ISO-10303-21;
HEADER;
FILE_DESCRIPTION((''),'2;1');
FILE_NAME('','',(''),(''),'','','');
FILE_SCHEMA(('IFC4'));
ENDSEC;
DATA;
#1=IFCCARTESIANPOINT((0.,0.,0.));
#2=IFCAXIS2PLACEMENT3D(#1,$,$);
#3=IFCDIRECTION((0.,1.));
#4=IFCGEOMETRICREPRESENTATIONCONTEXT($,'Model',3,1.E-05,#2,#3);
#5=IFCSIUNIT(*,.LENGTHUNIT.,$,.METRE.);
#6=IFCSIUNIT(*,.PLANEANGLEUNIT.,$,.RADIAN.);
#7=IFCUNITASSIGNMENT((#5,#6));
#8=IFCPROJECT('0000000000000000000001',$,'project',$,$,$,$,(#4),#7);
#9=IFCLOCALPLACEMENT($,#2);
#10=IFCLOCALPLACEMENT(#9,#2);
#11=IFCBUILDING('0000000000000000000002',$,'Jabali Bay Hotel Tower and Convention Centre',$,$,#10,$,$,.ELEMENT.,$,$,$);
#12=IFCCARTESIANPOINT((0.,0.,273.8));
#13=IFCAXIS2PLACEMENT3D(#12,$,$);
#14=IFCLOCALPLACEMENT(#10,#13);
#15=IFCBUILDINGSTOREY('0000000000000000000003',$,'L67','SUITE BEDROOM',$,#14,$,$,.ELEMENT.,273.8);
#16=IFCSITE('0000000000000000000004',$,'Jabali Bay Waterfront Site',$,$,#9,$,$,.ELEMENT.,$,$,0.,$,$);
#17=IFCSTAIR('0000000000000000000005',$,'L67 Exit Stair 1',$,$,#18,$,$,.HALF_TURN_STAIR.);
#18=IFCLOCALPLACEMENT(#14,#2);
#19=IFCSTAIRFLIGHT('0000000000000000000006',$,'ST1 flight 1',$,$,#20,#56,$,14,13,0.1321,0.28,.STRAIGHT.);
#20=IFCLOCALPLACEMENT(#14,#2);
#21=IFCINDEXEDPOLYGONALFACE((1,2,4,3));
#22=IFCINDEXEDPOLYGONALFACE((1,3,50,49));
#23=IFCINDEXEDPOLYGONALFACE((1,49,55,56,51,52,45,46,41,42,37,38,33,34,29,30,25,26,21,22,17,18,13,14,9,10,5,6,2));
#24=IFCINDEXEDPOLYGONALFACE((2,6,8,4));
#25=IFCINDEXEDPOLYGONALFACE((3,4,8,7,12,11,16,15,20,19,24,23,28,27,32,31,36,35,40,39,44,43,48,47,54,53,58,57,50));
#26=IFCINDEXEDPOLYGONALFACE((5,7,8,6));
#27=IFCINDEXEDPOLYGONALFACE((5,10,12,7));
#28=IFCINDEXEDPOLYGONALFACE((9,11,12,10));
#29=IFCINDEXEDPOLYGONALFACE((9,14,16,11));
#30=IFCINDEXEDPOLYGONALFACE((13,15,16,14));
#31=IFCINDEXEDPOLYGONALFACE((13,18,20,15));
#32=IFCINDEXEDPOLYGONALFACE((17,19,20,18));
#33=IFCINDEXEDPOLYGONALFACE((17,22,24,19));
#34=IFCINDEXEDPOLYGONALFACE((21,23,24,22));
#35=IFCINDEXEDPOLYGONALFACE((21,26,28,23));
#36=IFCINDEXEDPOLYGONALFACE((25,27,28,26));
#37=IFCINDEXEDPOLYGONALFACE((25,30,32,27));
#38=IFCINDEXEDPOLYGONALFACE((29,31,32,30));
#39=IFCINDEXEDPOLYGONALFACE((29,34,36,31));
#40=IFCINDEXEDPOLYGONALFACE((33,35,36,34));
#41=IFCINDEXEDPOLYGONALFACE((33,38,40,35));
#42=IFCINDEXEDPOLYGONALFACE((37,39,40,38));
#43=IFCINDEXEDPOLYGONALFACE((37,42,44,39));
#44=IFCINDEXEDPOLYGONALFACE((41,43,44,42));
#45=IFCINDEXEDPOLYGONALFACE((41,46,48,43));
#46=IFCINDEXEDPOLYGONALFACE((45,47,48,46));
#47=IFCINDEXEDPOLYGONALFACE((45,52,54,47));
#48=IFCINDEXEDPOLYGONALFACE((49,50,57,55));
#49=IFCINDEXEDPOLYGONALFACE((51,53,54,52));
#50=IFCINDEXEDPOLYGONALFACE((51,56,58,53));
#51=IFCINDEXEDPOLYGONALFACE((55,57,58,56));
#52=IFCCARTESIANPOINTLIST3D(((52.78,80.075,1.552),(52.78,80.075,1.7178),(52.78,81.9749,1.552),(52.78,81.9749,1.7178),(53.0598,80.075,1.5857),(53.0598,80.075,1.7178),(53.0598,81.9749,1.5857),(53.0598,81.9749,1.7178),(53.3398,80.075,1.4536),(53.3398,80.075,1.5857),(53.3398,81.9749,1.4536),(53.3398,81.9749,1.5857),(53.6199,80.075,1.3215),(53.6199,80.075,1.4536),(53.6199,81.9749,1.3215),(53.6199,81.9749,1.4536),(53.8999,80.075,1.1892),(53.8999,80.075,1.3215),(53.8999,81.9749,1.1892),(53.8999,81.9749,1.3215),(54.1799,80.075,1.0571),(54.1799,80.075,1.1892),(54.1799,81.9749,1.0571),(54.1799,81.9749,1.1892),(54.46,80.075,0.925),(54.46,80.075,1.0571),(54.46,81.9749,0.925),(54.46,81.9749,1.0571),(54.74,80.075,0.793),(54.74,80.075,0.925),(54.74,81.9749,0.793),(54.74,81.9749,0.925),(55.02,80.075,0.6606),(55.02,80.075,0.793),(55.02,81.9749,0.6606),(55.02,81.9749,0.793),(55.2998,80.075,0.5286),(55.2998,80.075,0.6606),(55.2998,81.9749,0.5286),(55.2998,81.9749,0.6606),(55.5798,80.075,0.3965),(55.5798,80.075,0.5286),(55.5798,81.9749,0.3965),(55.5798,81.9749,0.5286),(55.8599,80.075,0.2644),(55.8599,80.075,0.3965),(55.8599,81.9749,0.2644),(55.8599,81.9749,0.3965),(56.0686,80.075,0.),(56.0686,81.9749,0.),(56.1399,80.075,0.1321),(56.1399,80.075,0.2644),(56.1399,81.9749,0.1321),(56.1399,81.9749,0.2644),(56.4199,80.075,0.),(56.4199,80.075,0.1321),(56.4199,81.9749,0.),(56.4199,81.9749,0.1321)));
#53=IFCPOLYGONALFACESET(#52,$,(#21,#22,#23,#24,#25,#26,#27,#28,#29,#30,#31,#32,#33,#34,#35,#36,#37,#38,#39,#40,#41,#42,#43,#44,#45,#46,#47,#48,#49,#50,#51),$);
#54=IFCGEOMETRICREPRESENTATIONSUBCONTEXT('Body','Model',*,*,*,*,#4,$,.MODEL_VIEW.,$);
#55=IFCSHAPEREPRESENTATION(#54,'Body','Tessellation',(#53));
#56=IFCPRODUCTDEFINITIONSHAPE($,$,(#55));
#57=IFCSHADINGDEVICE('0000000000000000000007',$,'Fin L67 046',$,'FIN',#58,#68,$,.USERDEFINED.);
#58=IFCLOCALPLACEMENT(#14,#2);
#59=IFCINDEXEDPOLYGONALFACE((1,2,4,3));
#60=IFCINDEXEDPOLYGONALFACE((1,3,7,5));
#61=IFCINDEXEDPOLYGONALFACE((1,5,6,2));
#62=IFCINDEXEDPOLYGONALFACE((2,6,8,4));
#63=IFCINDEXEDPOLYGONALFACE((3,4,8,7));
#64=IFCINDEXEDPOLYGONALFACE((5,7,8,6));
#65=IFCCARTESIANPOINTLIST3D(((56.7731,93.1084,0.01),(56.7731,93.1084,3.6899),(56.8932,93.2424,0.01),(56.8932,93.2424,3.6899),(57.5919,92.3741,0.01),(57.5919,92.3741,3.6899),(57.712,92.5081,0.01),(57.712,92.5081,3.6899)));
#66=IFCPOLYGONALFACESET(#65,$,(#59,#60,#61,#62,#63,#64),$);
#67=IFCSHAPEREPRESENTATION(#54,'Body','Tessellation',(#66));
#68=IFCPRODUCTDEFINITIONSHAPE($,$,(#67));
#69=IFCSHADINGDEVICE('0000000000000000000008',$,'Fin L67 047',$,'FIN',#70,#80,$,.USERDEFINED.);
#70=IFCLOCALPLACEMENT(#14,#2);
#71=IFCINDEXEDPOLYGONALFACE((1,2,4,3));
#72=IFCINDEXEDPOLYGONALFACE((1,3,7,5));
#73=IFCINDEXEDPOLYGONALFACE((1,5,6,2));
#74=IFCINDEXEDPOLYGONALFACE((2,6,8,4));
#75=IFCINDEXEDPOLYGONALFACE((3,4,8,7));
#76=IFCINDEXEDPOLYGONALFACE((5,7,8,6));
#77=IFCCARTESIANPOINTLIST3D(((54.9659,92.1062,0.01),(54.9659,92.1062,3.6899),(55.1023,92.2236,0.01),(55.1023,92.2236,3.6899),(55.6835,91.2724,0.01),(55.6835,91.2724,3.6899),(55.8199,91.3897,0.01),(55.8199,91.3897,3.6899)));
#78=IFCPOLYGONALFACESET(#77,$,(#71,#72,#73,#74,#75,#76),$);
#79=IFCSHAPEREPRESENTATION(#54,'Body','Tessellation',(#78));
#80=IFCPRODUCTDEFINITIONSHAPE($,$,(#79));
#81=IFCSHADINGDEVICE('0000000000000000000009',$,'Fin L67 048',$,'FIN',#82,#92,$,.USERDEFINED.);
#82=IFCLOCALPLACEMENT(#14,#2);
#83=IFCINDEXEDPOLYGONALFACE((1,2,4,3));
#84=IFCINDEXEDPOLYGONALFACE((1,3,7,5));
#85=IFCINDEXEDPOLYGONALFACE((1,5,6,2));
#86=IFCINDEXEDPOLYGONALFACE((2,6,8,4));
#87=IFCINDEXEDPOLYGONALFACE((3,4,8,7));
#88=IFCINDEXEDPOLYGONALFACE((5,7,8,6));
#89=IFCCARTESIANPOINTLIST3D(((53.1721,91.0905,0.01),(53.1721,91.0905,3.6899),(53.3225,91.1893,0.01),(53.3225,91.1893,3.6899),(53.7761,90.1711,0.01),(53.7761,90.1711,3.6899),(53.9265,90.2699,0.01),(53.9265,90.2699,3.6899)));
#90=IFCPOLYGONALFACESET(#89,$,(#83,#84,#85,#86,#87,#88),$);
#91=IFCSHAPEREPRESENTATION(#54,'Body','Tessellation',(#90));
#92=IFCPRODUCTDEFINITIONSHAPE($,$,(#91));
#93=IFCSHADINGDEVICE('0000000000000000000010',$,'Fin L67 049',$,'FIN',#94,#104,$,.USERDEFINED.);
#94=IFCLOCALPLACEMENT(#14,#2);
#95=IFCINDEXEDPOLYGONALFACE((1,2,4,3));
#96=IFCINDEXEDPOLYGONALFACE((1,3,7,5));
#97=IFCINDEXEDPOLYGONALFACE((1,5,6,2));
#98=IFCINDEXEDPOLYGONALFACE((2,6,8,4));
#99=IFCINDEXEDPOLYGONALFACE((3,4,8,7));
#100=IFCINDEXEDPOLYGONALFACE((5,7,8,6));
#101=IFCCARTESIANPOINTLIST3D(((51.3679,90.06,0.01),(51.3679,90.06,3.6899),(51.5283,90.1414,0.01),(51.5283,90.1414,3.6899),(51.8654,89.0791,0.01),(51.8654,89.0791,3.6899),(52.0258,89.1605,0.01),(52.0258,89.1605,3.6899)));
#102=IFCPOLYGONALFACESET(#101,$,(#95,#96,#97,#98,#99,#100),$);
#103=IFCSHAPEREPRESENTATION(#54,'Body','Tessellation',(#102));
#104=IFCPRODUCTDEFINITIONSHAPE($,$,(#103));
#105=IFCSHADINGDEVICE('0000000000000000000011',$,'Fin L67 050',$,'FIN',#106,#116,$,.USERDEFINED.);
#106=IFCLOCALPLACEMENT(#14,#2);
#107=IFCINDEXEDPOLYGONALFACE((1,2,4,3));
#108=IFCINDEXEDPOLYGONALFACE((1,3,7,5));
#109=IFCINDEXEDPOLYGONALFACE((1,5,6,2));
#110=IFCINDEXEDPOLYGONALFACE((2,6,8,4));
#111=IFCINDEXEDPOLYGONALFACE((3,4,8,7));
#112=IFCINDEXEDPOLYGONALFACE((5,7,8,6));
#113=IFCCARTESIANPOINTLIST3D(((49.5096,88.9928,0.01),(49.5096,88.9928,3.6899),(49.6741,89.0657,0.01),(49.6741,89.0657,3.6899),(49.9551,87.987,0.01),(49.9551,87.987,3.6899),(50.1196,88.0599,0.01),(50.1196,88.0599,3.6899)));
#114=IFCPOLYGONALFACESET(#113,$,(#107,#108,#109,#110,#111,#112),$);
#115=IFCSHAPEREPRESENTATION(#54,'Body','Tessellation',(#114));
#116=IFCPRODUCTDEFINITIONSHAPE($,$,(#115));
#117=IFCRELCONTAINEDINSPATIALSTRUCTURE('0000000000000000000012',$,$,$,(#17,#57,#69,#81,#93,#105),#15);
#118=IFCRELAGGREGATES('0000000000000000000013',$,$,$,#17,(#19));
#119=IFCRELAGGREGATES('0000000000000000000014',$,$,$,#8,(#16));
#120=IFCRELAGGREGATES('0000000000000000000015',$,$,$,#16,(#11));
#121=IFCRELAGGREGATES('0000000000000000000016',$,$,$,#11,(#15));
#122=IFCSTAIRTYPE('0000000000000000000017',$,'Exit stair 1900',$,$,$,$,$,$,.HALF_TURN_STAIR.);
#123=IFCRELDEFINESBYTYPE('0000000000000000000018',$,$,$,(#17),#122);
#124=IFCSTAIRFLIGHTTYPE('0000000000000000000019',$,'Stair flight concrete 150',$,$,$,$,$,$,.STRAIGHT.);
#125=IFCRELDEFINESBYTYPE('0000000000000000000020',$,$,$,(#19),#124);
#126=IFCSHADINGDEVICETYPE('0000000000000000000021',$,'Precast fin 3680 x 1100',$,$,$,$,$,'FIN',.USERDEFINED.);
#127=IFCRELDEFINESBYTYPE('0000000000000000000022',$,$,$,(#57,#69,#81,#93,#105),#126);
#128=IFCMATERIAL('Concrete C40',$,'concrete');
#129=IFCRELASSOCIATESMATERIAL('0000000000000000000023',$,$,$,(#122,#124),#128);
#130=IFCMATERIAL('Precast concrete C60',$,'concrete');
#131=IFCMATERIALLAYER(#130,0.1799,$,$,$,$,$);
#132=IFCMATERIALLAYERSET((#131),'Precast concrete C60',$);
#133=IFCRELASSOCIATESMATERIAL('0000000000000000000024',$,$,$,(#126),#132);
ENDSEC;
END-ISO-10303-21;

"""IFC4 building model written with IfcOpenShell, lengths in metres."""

from ifc_helpers import new_model, si_unit, direction, frame, frame_2d, origin, place, context, subcontext, project, spatial, polyline, rectangle, outline, extrude, material, layer, layer_set, type_object, element, aggregate, save


model = new_model("IFC4")

# Units and contexts
model_context = context("Model", 3, precision=1e-05, world=origin(), true_north=direction((0.0, 1.0)))
body_context = subcontext(model_context, "Body", "Model", "MODEL_VIEW")
ifc_project = project(units=[si_unit("LENGTHUNIT", "METRE"), si_unit("PLANEANGLEUNIT", "RADIAN")], contexts=[model_context])

# Site, building, storey
site_placement = place(None, origin())
site = spatial("IfcSite", under=ifc_project, at=site_placement, Name="Jabali Bay Waterfront Site", CompositionType="ELEMENT", RefElevation=0.0)
building_placement = place(site_placement, origin())
building = spatial("IfcBuilding", under=site, at=building_placement, Name="Jabali Bay Hotel Tower and Convention Centre", CompositionType="ELEMENT")
storey_placement = place(building_placement, frame((0.0, 0.0, 273.8)))
storey = spatial("IfcBuildingStorey", under=building, at=storey_placement, Name="L67", Description="SUITE BEDROOM", CompositionType="ELEMENT", Elevation=273.8)

# Shared definitions
ifc_material_1 = material(Name="Concrete C40", Category="concrete")

# Stair, stair flight
stair_type = type_object("IfcStairType", Name="Exit stair 1900", PredefinedType="HALF_TURN_STAIR", material=ifc_material_1)
stair_placement = place(storey_placement, origin())
stair = element("IfcStair", 1, at=stair_placement, inside=storey, type_object=stair_type, Name="L67 Exit Stair 1", PredefinedType="HALF_TURN_STAIR")
stair_flight_type = type_object("IfcStairFlightType", Name="Stair flight concrete 150", PredefinedType="STRAIGHT", material=ifc_material_1)
stair_flight_placement = place(storey_placement, frame((56.4199, 81.0249, 0.0), z_axis=(0.0, 0.0, 1.0), x_axis=(-1.0, 0.0, 0.0)))
stair_flight = element("IfcStairFlight", 2, at=stair_flight_placement, type_object=stair_flight_type, Name="ST1 flight 1", NumberOfRisers=14, NumberOfTreads=13, PredefinedType="STRAIGHT", RiserHeight=0.1321, TreadLength=0.28, context=body_context, shape_type="SweptSolid", body=[
    extrude(outline(polyline([(0.0, 0.0), (0.0, 0.1321), (0.28, 0.1321), (0.28, 0.2644), (0.5601, 0.2644), (0.5601, 0.3965), (0.8401, 0.3965), (0.8401, 0.5286), (1.1201, 0.5286), (1.1201, 0.6606), (1.3999, 0.6606), (1.3999, 0.793), (1.6799, 0.793), (1.6799, 0.925), (1.96, 0.925), (1.96, 1.0571), (2.24, 1.0571), (2.24, 1.1892), (2.52, 1.1892), (2.52, 1.3215), (2.8, 1.3215), (2.8, 1.4536), (3.0801, 1.4536), (3.0801, 1.5857), (3.3601, 1.5857), (3.3601, 1.7178), (3.6399, 1.7178), (3.6399, 1.8501), (3.6399, 1.552), (0.3513, 0.0), (0.0, 0.0)])), frame((0.0, 0.95, 0.0), z_axis=(0.0, -1.0, 0.0), x_axis=(1.0, 0.0, 0.0)), (0.0, 0.0, 1.0), 1.8999),
])
aggregate(stair, [stair_flight])

# Shading devices
ifc_material_2 = material(Name="Precast concrete C60", Category="concrete")
ifc_layer_1 = layer(ifc_material_2, 0.1799)
ifc_layer_set_1 = layer_set([ifc_layer_1], Name="Precast concrete C60")
shading_device_type = type_object("IfcShadingDeviceType", Name="Precast fin 3680 x 1100", ElementType="FIN", PredefinedType="USERDEFINED", material=ifc_layer_set_1)
shading_device_1_placement = place(storey_placement, frame((57.6519, 92.4412, 0.01), z_axis=(0.0, 0.0, 1.0), x_axis=(-0.744463, 0.667664, 0.0)))
element("IfcShadingDevice", 3, at=shading_device_1_placement, inside=storey, type_object=shading_device_type, Name="Fin L67 046", ObjectType="FIN", PredefinedType="USERDEFINED", context=body_context, shape_type="SweptSolid", body=[
    extrude(rectangle(XDim=1.0999, YDim=0.1799, at=frame_2d((0.5498, 0.0))), origin(), (0.0, 0.0, 1.0), 3.6799),
])
for number, where, z_axis, x_axis, name in (
    (4, (55.7517, 91.3311, 0.01), (0.0, 0.0, 1.0), (-0.652307, 0.757955, 0.0), "Fin L67 047"),
    (5, (53.8513, 90.2205, 0.01), (0.0, 0.0, 1.0), (-0.549054, 0.835787, 0.0), "Fin L67 048"),
):
    element("IfcShadingDevice", number, at=place(storey_placement, frame(where, z_axis=z_axis, x_axis=x_axis)), inside=storey, type_object=shading_device_type, Name=name, ObjectType="FIN", PredefinedType="USERDEFINED", context=body_context, shape_type="SweptSolid", body=[
        extrude(rectangle(XDim=1.1001, YDim=0.1799, at=frame_2d((0.55, 0.0))), origin(), (0.0, 0.0, 1.0), 3.6799),
    ])
shading_device_2_placement = place(storey_placement, frame((51.9456, 89.1199, 0.01), z_axis=(0.0, 0.0, 1.0), x_axis=(-0.452356, 0.891838, 0.0)))
element("IfcShadingDevice", 6, at=shading_device_2_placement, inside=storey, type_object=shading_device_type, Name="Fin L67 049", ObjectType="FIN", PredefinedType="USERDEFINED", context=body_context, shape_type="SweptSolid", body=[
    extrude(rectangle(XDim=1.0999, YDim=0.1799, at=frame_2d((0.5498, 0.0))), origin(), (0.0, 0.0, 1.0), 3.6799),
])
shading_device_3_placement = place(storey_placement, frame((50.0374, 88.0234, 0.01), z_axis=(0.0, 0.0, 1.0), x_axis=(-0.405006, 0.914314, 0.0)))
element("IfcShadingDevice", 7, at=shading_device_3_placement, inside=storey, type_object=shading_device_type, Name="Fin L67 050", ObjectType="FIN", PredefinedType="USERDEFINED", context=body_context, shape_type="SweptSolid", body=[
    extrude(rectangle(XDim=1.1001, YDim=0.1799, at=frame_2d((0.55, 0.0))), origin(), (0.0, 0.0, 1.0), 3.6799),
])

save(model, "model.ifc")
